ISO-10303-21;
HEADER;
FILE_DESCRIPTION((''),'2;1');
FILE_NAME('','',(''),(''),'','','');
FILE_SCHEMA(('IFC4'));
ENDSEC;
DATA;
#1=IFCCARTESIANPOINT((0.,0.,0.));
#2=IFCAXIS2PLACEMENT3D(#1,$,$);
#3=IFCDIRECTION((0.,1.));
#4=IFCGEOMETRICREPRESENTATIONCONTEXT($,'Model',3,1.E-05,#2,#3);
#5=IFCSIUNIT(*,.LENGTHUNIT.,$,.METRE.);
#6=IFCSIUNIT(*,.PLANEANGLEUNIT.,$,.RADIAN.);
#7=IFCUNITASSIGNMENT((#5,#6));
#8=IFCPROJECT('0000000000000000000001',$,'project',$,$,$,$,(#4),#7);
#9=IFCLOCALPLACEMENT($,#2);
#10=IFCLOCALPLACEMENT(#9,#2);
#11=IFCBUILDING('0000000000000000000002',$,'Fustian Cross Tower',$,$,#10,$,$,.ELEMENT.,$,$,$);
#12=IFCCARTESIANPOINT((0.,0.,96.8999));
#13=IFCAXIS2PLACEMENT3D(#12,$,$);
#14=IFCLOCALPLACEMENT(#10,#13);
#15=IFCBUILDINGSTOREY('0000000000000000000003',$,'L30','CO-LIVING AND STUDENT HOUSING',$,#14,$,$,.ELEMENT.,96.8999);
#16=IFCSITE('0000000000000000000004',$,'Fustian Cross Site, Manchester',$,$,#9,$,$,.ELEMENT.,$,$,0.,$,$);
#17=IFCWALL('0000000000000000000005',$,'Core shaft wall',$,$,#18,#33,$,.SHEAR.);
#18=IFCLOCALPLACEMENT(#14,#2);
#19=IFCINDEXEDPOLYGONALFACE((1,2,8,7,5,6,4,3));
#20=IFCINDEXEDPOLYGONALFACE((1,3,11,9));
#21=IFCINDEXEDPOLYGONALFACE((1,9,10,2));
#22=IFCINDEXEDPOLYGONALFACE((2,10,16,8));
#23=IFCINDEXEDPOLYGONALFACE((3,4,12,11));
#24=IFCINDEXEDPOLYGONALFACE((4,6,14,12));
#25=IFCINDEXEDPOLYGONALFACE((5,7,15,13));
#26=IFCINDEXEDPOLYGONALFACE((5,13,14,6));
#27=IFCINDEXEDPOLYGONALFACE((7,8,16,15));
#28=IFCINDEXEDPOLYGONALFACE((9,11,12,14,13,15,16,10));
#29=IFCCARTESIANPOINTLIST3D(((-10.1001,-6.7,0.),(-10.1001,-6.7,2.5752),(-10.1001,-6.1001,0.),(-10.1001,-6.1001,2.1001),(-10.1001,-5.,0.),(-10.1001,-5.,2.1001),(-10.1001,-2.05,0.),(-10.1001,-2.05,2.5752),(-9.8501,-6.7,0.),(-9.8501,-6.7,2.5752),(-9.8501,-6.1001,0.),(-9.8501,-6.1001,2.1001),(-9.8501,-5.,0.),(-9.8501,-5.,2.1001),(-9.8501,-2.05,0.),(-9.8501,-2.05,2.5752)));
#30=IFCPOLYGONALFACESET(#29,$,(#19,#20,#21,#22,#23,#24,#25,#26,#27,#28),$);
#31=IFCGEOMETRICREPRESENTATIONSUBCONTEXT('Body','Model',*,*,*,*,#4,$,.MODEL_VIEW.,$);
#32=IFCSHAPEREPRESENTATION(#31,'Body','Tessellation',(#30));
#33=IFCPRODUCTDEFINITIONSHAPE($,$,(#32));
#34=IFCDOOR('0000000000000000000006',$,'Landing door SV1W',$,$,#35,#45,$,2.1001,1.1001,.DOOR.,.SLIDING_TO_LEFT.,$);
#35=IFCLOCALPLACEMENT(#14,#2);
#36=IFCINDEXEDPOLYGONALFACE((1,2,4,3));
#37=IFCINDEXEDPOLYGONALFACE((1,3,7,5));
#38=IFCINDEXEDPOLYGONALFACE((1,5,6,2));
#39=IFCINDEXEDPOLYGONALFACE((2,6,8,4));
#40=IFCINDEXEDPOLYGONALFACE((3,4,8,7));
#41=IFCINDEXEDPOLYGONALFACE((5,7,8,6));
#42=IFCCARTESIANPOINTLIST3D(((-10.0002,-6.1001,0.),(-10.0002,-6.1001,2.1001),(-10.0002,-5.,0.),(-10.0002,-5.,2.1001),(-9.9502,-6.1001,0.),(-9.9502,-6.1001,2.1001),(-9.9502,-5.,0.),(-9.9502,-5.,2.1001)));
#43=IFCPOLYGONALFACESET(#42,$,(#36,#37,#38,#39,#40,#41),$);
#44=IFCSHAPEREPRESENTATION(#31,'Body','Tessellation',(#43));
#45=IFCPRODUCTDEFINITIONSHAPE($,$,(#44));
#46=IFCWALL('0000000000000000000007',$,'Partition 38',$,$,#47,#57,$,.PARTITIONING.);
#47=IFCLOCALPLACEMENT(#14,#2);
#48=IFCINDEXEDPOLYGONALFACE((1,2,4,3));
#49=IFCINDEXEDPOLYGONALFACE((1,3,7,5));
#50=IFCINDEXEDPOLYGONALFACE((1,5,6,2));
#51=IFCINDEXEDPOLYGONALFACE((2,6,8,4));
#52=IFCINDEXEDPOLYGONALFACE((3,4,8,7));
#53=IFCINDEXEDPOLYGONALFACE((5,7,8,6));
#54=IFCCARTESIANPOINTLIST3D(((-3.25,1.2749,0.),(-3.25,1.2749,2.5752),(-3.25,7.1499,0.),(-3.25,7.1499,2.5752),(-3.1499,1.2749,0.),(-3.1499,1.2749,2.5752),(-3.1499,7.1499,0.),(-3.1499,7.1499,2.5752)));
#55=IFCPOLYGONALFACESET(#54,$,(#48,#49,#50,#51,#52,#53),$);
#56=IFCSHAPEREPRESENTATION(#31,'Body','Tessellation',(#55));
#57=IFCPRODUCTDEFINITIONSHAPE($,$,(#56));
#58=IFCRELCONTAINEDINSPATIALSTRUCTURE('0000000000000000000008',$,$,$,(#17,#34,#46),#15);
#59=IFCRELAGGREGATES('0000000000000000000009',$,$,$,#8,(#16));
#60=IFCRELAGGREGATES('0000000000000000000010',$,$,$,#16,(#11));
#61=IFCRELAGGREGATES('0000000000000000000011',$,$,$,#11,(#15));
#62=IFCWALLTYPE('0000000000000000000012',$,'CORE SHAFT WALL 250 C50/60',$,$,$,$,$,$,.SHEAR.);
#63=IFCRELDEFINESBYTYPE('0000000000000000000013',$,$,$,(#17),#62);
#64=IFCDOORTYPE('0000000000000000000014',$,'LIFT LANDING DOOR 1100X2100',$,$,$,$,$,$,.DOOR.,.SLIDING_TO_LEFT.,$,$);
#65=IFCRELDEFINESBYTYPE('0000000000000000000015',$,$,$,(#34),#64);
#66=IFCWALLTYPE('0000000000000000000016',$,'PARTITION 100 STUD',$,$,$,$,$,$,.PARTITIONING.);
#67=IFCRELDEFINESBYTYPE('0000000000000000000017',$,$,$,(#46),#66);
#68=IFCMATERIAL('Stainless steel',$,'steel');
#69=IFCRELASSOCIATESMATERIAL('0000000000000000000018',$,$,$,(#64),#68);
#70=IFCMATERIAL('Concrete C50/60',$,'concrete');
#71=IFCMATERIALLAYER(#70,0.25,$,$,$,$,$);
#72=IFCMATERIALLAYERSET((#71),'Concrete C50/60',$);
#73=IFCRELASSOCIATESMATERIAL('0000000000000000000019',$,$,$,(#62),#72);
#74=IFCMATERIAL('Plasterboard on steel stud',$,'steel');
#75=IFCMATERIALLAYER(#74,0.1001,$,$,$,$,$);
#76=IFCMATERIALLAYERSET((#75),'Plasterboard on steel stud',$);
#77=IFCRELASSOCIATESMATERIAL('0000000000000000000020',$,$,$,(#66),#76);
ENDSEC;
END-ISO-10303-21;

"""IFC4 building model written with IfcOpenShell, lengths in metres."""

from ifc_helpers import new_model, si_unit, direction, frame, frame_2d, origin, place, context, subcontext, project, spatial, rectangle, extrude, material, layer, layer_set, type_object, element, fill, save


model = new_model("IFC4")

# Units and contexts
model_context = context("Model", 3, precision=1e-05, world=origin(), true_north=direction((0.0, 1.0)))
body_context = subcontext(model_context, "Body", "Model", "MODEL_VIEW")
ifc_project = project(units=[si_unit("LENGTHUNIT", "METRE"), si_unit("PLANEANGLEUNIT", "RADIAN")], contexts=[model_context])

# Site, building, storey
site_placement = place(None, origin())
site = spatial("IfcSite", under=ifc_project, at=site_placement, Name="Fustian Cross Site, Manchester", CompositionType="ELEMENT", RefElevation=0.0)
building_placement = place(site_placement, origin())
building = spatial("IfcBuilding", under=site, at=building_placement, Name="Fustian Cross Tower", CompositionType="ELEMENT")
storey_placement = place(building_placement, frame((0.0, 0.0, 96.8999)))
storey = spatial("IfcBuildingStorey", under=building, at=storey_placement, Name="L30", Description="CO-LIVING AND STUDENT HOUSING", CompositionType="ELEMENT", Elevation=96.8999)

# Shared definitions
ifc_material_1 = material(Name="Stainless steel", Category="steel")
door_type_1 = type_object("IfcDoorType", Name="LIFT LANDING DOOR 1100X2100", OperationType="SLIDING_TO_LEFT", PredefinedType="DOOR", material=ifc_material_1)

# Shared definitions
ifc_material_2 = material(Name="Concrete C50/60", Category="concrete")
ifc_layer_1 = layer(ifc_material_2, 0.25)
ifc_layer_set_1 = layer_set([ifc_layer_1], Name="Concrete C50/60")
wall_type_1 = type_object("IfcWallType", Name="CORE SHAFT WALL 250 C50/60", PredefinedType="SHEAR", material=ifc_layer_set_1)

# Wall, opening, door
wall_1_placement = place(storey_placement, frame((-9.9751, -2.05, 0.0), z_axis=(0.0, 0.0, 1.0), x_axis=(0.0, -1.0, 0.0)))
wall_1 = element("IfcWall", 1, at=wall_1_placement, inside=storey, type_object=wall_type_1, Name="Core shaft wall", PredefinedType="SHEAR", context=body_context, shape_type="SweptSolid", body=[
    extrude(rectangle(XDim=4.6499, YDim=0.25, at=frame_2d((2.325, 0.0))), origin(), (0.0, 0.0, 1.0), 2.5752),
])
opening_1_placement = place(wall_1_placement, frame((2.95, 0.0, 0.0)))
opening_1 = element("IfcOpeningElement", 2, at=opening_1_placement, cuts=wall_1, PredefinedType="OPENING", context=body_context, shape_type="SweptSolid", body=[
    extrude(rectangle(XDim=1.1001, YDim=2.1001, at=frame_2d((0.55, 1.05))), frame((0.0, 0.135, 0.0), z_axis=(0.0, -1.0, 0.0), x_axis=(1.0, 0.0, 0.0)), (0.0, 0.0, 1.0), 0.27),
])
door_1_placement = place(opening_1_placement, origin())
door_1 = element("IfcDoor", 3, at=door_1_placement, inside=storey, type_object=door_type_1, Name="Landing door SV1W", OperationType="SLIDING_TO_LEFT", OverallHeight=2.1001, OverallWidth=1.1001, PredefinedType="DOOR", context=body_context, shape_type="SweptSolid", body=[
    extrude(rectangle(XDim=1.1001, YDim=2.1001, at=frame_2d((0.55, 1.05))), frame((0.0, 0.0249, 0.0), z_axis=(0.0, -1.0, 0.0), x_axis=(1.0, 0.0, 0.0)), (0.0, 0.0, 1.0), 0.05),
])
fill(opening_1, door_1)

# Wall
ifc_material_3 = material(Name="Plasterboard on steel stud", Category="steel")
ifc_layer_2 = layer(ifc_material_3, 0.1001)
ifc_layer_set_2 = layer_set([ifc_layer_2], Name="Plasterboard on steel stud")
wall_type_2 = type_object("IfcWallType", Name="PARTITION 100 STUD", PredefinedType="PARTITIONING", material=ifc_layer_set_2)
wall_2_placement = place(storey_placement, frame((-3.2, 1.2749, 0.0), z_axis=(0.0, 0.0, 1.0), x_axis=(0.0, 1.0, 0.0)))
element("IfcWall", 4, at=wall_2_placement, inside=storey, type_object=wall_type_2, Name="Partition 38", PredefinedType="PARTITIONING", context=body_context, shape_type="SweptSolid", body=[
    extrude(rectangle(XDim=5.875, YDim=0.1001, at=frame_2d((2.9375, 0.0))), origin(), (0.0, 0.0, 1.0), 2.5752),
])

save(model, "model.ifc")
